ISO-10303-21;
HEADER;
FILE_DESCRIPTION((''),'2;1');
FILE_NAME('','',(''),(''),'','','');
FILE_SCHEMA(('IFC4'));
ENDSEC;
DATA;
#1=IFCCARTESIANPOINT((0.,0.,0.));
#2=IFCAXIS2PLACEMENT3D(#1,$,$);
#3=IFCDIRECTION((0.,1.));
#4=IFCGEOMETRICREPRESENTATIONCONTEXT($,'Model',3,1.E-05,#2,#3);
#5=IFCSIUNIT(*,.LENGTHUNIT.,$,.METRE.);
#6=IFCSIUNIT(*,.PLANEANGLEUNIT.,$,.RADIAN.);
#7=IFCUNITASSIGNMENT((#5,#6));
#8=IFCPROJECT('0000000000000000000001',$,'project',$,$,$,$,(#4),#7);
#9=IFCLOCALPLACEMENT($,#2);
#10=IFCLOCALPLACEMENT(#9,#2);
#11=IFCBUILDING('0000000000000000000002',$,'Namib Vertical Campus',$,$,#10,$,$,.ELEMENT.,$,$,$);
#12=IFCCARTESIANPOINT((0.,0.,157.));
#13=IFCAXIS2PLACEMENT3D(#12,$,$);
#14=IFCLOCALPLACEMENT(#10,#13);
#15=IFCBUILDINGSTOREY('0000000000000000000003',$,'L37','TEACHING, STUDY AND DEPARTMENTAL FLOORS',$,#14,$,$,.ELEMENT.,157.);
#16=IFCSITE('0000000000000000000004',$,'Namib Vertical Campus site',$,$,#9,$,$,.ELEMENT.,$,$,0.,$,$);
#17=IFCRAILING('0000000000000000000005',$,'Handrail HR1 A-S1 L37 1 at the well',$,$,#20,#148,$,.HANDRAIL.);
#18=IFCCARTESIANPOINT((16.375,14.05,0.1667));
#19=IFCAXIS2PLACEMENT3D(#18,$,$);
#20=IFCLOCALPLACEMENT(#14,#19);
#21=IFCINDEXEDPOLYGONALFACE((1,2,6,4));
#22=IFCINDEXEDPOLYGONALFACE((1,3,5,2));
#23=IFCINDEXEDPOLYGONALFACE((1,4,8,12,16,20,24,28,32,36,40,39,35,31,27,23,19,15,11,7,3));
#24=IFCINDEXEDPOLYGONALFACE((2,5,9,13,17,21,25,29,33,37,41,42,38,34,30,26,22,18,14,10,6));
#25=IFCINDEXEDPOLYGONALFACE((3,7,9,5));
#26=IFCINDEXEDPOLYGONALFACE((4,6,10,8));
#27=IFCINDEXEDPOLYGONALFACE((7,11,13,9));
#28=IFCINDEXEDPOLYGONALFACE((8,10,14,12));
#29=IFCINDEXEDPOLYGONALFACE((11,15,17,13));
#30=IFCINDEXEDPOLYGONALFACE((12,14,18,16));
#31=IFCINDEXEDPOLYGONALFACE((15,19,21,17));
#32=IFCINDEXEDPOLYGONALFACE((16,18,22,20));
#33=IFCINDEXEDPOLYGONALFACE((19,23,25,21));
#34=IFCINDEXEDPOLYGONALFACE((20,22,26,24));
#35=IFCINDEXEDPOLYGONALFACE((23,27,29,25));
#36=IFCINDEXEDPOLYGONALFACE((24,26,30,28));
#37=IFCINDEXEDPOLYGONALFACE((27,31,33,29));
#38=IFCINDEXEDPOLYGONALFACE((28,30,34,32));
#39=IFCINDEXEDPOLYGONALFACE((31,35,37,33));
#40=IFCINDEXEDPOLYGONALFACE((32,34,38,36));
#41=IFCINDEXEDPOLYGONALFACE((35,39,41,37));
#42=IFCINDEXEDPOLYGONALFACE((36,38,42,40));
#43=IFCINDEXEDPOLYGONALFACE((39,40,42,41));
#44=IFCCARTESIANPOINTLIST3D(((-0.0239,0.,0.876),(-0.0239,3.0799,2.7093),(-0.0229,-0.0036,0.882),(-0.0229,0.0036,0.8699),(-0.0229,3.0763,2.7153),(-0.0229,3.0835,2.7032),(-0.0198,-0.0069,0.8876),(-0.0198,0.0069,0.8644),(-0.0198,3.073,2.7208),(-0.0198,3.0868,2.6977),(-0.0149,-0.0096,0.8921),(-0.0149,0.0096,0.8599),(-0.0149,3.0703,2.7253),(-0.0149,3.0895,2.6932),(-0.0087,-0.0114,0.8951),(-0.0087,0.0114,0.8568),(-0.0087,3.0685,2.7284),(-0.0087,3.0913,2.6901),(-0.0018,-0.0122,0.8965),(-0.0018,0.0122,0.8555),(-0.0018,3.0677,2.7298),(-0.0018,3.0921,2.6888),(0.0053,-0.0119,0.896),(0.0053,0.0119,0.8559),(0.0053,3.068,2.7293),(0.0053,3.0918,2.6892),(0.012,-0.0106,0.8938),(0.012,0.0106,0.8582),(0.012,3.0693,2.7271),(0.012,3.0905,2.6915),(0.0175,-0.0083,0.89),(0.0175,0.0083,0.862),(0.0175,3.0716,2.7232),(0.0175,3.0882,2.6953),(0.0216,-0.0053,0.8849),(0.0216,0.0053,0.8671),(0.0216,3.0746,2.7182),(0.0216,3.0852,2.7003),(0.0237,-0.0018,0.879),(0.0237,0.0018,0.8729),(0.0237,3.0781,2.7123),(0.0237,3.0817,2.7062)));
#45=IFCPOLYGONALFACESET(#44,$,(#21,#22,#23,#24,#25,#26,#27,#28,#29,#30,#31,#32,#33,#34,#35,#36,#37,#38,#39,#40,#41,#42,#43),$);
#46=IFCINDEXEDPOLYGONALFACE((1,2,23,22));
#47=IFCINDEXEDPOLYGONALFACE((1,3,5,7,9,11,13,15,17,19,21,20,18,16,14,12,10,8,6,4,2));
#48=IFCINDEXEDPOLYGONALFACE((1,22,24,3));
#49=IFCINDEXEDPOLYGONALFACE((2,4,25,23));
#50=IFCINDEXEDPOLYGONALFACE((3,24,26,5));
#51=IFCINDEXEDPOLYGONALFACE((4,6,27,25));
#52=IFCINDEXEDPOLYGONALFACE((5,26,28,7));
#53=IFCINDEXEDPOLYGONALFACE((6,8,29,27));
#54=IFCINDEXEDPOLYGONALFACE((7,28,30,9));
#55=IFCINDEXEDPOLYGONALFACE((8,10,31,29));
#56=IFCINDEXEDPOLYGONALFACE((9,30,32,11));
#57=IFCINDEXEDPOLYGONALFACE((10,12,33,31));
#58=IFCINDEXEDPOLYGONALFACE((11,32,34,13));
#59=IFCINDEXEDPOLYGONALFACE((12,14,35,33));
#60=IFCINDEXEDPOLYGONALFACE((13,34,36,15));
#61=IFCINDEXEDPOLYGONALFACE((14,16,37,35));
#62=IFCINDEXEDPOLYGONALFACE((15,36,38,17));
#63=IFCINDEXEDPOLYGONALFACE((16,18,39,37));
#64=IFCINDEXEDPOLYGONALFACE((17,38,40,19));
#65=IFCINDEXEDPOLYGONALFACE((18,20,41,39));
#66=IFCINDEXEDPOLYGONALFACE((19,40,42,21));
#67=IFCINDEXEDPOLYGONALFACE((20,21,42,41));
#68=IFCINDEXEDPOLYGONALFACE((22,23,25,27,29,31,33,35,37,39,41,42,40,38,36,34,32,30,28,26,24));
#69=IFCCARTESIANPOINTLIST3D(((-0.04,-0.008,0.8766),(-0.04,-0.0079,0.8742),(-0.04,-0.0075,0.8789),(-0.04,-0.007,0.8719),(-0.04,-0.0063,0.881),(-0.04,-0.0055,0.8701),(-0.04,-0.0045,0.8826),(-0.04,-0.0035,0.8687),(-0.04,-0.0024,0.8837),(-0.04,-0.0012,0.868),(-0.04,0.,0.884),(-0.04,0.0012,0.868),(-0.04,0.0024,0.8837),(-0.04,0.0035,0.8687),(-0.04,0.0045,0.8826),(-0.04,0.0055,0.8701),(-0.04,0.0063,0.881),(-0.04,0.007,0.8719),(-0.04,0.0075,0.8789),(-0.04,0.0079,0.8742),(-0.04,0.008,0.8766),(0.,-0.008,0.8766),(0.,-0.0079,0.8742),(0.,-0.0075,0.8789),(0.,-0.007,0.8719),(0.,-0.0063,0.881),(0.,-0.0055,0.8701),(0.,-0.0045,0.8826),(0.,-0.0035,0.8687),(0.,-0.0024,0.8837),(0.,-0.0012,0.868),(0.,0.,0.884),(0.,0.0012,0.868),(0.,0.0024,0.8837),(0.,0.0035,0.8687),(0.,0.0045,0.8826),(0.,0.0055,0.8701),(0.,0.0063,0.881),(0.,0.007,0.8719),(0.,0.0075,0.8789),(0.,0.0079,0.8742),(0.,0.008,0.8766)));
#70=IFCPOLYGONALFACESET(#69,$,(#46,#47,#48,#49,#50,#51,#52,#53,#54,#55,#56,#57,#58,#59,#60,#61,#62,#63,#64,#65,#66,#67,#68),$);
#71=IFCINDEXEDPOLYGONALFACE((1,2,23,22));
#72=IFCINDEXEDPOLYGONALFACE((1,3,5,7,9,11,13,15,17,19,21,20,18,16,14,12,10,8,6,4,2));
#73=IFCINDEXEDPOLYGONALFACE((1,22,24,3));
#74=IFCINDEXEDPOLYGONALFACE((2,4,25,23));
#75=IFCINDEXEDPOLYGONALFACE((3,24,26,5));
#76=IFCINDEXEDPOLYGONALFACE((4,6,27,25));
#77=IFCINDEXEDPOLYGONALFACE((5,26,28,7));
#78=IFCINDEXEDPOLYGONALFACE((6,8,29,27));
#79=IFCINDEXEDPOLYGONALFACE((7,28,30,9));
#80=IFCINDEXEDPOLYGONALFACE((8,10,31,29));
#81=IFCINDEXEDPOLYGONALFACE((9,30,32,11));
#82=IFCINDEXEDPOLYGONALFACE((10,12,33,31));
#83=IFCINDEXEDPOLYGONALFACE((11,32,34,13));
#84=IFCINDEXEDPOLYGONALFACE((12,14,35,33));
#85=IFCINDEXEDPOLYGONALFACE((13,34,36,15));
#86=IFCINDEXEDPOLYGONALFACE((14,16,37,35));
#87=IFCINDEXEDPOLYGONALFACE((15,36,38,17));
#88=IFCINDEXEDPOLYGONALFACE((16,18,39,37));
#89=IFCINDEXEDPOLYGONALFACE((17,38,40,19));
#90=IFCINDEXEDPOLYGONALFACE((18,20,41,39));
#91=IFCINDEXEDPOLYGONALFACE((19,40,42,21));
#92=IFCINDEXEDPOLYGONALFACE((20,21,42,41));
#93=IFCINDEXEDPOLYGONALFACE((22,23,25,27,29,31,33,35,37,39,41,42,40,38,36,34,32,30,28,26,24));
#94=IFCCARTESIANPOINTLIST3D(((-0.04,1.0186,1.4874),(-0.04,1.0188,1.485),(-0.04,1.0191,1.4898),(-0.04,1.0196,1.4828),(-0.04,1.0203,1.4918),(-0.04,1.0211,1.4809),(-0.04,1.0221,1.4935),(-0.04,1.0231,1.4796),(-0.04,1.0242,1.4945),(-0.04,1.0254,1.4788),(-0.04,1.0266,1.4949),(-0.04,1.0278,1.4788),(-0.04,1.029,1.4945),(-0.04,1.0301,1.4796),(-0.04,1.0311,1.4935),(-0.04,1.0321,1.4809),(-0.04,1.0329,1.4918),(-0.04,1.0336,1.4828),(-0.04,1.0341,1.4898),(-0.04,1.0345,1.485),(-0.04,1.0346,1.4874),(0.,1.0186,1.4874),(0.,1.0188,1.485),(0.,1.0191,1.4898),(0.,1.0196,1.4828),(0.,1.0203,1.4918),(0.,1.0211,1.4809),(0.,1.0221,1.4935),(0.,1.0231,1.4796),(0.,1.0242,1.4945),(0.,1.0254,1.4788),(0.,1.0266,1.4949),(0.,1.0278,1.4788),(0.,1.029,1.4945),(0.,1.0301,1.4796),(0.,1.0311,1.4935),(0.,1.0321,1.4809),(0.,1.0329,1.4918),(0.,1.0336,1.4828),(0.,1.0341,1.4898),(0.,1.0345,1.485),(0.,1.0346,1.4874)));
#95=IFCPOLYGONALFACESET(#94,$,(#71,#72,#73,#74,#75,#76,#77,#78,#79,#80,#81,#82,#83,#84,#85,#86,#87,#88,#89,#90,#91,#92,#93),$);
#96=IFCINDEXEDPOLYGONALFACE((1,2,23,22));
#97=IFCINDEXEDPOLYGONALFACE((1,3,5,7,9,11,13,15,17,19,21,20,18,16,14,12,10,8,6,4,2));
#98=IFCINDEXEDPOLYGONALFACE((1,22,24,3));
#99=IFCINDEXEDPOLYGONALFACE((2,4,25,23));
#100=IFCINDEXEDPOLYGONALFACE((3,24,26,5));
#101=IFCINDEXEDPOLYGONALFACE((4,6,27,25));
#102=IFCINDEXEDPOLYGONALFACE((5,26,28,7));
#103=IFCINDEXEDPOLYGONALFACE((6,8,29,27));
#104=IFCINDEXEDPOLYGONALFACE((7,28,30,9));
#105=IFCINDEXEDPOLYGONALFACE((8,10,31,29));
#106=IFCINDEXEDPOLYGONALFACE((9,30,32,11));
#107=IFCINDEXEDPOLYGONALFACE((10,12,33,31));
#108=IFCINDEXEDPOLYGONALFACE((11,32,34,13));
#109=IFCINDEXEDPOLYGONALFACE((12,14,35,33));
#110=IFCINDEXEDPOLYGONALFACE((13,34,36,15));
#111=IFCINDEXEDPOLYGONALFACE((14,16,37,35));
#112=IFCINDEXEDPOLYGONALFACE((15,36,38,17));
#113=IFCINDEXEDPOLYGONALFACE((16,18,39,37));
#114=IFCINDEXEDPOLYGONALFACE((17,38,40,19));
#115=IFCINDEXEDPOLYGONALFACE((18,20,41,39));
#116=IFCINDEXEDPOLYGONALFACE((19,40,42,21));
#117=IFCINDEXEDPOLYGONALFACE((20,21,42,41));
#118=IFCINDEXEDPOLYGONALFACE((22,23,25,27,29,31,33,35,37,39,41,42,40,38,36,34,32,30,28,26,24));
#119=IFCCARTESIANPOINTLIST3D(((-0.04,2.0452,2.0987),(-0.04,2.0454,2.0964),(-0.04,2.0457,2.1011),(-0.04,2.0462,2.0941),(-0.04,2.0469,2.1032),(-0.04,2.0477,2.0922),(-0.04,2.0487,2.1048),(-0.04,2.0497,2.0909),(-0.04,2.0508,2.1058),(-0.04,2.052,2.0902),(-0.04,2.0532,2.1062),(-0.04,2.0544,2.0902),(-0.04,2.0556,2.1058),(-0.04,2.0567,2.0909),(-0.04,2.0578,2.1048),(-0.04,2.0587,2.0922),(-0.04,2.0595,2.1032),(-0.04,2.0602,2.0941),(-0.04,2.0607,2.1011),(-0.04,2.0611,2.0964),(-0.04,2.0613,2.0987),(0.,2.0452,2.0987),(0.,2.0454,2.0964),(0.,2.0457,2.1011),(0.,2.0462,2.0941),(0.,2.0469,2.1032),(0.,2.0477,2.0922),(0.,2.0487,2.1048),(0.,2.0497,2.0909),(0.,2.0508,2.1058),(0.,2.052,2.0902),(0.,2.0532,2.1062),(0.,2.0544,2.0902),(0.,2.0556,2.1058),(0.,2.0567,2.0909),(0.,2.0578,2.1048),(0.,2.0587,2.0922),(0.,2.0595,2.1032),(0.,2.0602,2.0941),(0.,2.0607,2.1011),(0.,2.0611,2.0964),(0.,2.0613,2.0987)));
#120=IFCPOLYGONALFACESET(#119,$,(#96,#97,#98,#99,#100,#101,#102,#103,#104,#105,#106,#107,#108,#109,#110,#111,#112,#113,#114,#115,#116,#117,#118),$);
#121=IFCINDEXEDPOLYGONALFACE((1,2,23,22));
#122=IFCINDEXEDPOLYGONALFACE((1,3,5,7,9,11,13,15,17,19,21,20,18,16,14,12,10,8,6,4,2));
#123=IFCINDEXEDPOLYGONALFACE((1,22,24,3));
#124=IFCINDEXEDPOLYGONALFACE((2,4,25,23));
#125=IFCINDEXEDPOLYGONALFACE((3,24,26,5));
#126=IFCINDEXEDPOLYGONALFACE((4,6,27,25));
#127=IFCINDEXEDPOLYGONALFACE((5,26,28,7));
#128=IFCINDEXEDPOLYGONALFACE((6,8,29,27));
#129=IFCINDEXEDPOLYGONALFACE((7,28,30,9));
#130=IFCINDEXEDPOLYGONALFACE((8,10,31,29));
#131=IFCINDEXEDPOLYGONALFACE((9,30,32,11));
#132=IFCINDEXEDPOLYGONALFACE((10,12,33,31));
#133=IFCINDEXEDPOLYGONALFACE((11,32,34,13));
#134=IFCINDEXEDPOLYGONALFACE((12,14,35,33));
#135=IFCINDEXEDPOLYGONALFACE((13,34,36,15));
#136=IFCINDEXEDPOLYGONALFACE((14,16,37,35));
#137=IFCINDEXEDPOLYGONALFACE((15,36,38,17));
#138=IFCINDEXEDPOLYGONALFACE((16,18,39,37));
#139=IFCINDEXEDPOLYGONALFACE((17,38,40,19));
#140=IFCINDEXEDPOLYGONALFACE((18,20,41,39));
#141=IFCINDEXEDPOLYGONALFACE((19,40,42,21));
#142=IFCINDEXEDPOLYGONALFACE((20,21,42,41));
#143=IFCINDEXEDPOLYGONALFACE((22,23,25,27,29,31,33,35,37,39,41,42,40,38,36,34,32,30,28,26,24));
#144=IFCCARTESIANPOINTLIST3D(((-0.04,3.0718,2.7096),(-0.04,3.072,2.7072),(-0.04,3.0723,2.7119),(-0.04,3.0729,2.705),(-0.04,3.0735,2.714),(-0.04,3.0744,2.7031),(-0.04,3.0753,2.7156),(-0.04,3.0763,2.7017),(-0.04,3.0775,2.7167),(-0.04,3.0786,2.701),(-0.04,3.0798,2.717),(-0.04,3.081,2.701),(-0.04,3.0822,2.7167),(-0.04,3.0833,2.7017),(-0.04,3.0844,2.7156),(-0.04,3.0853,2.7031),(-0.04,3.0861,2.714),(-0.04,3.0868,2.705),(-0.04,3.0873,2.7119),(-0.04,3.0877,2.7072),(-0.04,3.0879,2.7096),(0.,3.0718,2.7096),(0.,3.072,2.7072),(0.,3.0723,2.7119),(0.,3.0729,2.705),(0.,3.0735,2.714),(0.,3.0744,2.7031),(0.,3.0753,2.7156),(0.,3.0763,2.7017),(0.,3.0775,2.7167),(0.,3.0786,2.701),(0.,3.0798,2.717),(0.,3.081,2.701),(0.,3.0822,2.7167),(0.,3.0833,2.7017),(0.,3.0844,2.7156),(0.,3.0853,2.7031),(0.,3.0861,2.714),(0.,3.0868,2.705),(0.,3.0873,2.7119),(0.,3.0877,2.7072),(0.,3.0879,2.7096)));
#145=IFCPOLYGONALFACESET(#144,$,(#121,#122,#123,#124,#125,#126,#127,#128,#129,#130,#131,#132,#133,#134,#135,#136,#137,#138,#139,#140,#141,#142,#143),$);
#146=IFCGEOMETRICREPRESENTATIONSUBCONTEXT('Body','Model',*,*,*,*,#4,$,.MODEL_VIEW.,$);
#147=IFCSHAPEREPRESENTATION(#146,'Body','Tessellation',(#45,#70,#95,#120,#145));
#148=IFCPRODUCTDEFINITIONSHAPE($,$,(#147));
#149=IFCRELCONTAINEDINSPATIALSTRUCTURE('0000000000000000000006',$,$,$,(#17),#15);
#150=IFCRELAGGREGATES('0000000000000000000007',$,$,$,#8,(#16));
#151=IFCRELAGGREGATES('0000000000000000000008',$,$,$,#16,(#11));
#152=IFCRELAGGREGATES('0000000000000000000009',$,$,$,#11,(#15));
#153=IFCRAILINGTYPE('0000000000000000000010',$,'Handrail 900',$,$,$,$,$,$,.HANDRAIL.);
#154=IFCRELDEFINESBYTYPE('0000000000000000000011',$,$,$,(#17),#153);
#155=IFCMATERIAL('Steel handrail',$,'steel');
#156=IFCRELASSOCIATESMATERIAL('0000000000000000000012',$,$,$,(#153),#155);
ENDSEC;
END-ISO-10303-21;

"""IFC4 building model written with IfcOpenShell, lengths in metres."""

from ifc_helpers import new_model, si_unit, direction, frame, origin, origin_2d, place, context, subcontext, project, spatial, circle, extrude, material, type_object, element, save


model = new_model("IFC4")

# Units and contexts
model_context = context("Model", 3, precision=1e-05, world=origin(), true_north=direction((0.0, 1.0)))
body_context = subcontext(model_context, "Body", "Model", "MODEL_VIEW")
ifc_project = project(units=[si_unit("LENGTHUNIT", "METRE"), si_unit("PLANEANGLEUNIT", "RADIAN")], contexts=[model_context])

# Site, building, storey
site_placement = place(None, origin())
site = spatial("IfcSite", under=ifc_project, at=site_placement, Name="Namib Vertical Campus site", CompositionType="ELEMENT", RefElevation=0.0)
building_placement = place(site_placement, origin())
building = spatial("IfcBuilding", under=site, at=building_placement, Name="Namib Vertical Campus", CompositionType="ELEMENT")
storey_placement = place(building_placement, frame((0.0, 0.0, 157.0)))
storey = spatial("IfcBuildingStorey", under=building, at=storey_placement, Name="L37", Description="TEACHING, STUDY AND DEPARTMENTAL FLOORS", CompositionType="ELEMENT", Elevation=157.0)

# Railing
ifc_material_1 = material(Name="Steel handrail", Category="steel")
railing_type_1 = type_object("IfcRailingType", Name="Handrail 900", PredefinedType="HANDRAIL", material=ifc_material_1)
railing_1_placement = place(storey_placement, frame((16.375, 14.05, 0.1667)))
element("IfcRailing", 1, at=railing_1_placement, inside=storey, type_object=railing_type_1, Name="Handrail HR1 A-S1 L37 1 at the well", PredefinedType="HANDRAIL", context=body_context, shape_type="SweptSolid", body=[
    extrude(circle(Radius=0.0239, at=origin_2d()), frame((0.0, 0.0, 0.876), z_axis=(0.0, 0.859291, 0.511487), x_axis=(-1.0, 0.0, 0.0)), (0.0, 0.0, 1.0), 3.5842),
    extrude(circle(Radius=0.0081, at=origin_2d()), frame((0.0, 0.0, 0.876), z_axis=(-1.0, 0.0, 0.0), x_axis=(0.0, 0.0, 1.0)), (0.0, 0.0, 1.0), 0.04),
    extrude(circle(Radius=0.0081, at=origin_2d()), frame((0.0, 1.0266, 1.4868), z_axis=(-1.0, 0.0, 0.0), x_axis=(0.0, 0.0, 1.0)), (0.0, 0.0, 1.0), 0.04),
    extrude(circle(Radius=0.0081, at=origin_2d()), frame((0.0, 2.0532, 2.0981), z_axis=(-1.0, 0.0, 0.0), x_axis=(0.0, 0.0, 1.0)), (0.0, 0.0, 1.0), 0.04),
    extrude(circle(Radius=0.0081, at=origin_2d()), frame((0.0, 3.0798, 2.709), z_axis=(-1.0, 0.0, 0.0), x_axis=(0.0, 0.0, 1.0)), (0.0, 0.0, 1.0), 0.04),
])

save(model, "model.ifc")
